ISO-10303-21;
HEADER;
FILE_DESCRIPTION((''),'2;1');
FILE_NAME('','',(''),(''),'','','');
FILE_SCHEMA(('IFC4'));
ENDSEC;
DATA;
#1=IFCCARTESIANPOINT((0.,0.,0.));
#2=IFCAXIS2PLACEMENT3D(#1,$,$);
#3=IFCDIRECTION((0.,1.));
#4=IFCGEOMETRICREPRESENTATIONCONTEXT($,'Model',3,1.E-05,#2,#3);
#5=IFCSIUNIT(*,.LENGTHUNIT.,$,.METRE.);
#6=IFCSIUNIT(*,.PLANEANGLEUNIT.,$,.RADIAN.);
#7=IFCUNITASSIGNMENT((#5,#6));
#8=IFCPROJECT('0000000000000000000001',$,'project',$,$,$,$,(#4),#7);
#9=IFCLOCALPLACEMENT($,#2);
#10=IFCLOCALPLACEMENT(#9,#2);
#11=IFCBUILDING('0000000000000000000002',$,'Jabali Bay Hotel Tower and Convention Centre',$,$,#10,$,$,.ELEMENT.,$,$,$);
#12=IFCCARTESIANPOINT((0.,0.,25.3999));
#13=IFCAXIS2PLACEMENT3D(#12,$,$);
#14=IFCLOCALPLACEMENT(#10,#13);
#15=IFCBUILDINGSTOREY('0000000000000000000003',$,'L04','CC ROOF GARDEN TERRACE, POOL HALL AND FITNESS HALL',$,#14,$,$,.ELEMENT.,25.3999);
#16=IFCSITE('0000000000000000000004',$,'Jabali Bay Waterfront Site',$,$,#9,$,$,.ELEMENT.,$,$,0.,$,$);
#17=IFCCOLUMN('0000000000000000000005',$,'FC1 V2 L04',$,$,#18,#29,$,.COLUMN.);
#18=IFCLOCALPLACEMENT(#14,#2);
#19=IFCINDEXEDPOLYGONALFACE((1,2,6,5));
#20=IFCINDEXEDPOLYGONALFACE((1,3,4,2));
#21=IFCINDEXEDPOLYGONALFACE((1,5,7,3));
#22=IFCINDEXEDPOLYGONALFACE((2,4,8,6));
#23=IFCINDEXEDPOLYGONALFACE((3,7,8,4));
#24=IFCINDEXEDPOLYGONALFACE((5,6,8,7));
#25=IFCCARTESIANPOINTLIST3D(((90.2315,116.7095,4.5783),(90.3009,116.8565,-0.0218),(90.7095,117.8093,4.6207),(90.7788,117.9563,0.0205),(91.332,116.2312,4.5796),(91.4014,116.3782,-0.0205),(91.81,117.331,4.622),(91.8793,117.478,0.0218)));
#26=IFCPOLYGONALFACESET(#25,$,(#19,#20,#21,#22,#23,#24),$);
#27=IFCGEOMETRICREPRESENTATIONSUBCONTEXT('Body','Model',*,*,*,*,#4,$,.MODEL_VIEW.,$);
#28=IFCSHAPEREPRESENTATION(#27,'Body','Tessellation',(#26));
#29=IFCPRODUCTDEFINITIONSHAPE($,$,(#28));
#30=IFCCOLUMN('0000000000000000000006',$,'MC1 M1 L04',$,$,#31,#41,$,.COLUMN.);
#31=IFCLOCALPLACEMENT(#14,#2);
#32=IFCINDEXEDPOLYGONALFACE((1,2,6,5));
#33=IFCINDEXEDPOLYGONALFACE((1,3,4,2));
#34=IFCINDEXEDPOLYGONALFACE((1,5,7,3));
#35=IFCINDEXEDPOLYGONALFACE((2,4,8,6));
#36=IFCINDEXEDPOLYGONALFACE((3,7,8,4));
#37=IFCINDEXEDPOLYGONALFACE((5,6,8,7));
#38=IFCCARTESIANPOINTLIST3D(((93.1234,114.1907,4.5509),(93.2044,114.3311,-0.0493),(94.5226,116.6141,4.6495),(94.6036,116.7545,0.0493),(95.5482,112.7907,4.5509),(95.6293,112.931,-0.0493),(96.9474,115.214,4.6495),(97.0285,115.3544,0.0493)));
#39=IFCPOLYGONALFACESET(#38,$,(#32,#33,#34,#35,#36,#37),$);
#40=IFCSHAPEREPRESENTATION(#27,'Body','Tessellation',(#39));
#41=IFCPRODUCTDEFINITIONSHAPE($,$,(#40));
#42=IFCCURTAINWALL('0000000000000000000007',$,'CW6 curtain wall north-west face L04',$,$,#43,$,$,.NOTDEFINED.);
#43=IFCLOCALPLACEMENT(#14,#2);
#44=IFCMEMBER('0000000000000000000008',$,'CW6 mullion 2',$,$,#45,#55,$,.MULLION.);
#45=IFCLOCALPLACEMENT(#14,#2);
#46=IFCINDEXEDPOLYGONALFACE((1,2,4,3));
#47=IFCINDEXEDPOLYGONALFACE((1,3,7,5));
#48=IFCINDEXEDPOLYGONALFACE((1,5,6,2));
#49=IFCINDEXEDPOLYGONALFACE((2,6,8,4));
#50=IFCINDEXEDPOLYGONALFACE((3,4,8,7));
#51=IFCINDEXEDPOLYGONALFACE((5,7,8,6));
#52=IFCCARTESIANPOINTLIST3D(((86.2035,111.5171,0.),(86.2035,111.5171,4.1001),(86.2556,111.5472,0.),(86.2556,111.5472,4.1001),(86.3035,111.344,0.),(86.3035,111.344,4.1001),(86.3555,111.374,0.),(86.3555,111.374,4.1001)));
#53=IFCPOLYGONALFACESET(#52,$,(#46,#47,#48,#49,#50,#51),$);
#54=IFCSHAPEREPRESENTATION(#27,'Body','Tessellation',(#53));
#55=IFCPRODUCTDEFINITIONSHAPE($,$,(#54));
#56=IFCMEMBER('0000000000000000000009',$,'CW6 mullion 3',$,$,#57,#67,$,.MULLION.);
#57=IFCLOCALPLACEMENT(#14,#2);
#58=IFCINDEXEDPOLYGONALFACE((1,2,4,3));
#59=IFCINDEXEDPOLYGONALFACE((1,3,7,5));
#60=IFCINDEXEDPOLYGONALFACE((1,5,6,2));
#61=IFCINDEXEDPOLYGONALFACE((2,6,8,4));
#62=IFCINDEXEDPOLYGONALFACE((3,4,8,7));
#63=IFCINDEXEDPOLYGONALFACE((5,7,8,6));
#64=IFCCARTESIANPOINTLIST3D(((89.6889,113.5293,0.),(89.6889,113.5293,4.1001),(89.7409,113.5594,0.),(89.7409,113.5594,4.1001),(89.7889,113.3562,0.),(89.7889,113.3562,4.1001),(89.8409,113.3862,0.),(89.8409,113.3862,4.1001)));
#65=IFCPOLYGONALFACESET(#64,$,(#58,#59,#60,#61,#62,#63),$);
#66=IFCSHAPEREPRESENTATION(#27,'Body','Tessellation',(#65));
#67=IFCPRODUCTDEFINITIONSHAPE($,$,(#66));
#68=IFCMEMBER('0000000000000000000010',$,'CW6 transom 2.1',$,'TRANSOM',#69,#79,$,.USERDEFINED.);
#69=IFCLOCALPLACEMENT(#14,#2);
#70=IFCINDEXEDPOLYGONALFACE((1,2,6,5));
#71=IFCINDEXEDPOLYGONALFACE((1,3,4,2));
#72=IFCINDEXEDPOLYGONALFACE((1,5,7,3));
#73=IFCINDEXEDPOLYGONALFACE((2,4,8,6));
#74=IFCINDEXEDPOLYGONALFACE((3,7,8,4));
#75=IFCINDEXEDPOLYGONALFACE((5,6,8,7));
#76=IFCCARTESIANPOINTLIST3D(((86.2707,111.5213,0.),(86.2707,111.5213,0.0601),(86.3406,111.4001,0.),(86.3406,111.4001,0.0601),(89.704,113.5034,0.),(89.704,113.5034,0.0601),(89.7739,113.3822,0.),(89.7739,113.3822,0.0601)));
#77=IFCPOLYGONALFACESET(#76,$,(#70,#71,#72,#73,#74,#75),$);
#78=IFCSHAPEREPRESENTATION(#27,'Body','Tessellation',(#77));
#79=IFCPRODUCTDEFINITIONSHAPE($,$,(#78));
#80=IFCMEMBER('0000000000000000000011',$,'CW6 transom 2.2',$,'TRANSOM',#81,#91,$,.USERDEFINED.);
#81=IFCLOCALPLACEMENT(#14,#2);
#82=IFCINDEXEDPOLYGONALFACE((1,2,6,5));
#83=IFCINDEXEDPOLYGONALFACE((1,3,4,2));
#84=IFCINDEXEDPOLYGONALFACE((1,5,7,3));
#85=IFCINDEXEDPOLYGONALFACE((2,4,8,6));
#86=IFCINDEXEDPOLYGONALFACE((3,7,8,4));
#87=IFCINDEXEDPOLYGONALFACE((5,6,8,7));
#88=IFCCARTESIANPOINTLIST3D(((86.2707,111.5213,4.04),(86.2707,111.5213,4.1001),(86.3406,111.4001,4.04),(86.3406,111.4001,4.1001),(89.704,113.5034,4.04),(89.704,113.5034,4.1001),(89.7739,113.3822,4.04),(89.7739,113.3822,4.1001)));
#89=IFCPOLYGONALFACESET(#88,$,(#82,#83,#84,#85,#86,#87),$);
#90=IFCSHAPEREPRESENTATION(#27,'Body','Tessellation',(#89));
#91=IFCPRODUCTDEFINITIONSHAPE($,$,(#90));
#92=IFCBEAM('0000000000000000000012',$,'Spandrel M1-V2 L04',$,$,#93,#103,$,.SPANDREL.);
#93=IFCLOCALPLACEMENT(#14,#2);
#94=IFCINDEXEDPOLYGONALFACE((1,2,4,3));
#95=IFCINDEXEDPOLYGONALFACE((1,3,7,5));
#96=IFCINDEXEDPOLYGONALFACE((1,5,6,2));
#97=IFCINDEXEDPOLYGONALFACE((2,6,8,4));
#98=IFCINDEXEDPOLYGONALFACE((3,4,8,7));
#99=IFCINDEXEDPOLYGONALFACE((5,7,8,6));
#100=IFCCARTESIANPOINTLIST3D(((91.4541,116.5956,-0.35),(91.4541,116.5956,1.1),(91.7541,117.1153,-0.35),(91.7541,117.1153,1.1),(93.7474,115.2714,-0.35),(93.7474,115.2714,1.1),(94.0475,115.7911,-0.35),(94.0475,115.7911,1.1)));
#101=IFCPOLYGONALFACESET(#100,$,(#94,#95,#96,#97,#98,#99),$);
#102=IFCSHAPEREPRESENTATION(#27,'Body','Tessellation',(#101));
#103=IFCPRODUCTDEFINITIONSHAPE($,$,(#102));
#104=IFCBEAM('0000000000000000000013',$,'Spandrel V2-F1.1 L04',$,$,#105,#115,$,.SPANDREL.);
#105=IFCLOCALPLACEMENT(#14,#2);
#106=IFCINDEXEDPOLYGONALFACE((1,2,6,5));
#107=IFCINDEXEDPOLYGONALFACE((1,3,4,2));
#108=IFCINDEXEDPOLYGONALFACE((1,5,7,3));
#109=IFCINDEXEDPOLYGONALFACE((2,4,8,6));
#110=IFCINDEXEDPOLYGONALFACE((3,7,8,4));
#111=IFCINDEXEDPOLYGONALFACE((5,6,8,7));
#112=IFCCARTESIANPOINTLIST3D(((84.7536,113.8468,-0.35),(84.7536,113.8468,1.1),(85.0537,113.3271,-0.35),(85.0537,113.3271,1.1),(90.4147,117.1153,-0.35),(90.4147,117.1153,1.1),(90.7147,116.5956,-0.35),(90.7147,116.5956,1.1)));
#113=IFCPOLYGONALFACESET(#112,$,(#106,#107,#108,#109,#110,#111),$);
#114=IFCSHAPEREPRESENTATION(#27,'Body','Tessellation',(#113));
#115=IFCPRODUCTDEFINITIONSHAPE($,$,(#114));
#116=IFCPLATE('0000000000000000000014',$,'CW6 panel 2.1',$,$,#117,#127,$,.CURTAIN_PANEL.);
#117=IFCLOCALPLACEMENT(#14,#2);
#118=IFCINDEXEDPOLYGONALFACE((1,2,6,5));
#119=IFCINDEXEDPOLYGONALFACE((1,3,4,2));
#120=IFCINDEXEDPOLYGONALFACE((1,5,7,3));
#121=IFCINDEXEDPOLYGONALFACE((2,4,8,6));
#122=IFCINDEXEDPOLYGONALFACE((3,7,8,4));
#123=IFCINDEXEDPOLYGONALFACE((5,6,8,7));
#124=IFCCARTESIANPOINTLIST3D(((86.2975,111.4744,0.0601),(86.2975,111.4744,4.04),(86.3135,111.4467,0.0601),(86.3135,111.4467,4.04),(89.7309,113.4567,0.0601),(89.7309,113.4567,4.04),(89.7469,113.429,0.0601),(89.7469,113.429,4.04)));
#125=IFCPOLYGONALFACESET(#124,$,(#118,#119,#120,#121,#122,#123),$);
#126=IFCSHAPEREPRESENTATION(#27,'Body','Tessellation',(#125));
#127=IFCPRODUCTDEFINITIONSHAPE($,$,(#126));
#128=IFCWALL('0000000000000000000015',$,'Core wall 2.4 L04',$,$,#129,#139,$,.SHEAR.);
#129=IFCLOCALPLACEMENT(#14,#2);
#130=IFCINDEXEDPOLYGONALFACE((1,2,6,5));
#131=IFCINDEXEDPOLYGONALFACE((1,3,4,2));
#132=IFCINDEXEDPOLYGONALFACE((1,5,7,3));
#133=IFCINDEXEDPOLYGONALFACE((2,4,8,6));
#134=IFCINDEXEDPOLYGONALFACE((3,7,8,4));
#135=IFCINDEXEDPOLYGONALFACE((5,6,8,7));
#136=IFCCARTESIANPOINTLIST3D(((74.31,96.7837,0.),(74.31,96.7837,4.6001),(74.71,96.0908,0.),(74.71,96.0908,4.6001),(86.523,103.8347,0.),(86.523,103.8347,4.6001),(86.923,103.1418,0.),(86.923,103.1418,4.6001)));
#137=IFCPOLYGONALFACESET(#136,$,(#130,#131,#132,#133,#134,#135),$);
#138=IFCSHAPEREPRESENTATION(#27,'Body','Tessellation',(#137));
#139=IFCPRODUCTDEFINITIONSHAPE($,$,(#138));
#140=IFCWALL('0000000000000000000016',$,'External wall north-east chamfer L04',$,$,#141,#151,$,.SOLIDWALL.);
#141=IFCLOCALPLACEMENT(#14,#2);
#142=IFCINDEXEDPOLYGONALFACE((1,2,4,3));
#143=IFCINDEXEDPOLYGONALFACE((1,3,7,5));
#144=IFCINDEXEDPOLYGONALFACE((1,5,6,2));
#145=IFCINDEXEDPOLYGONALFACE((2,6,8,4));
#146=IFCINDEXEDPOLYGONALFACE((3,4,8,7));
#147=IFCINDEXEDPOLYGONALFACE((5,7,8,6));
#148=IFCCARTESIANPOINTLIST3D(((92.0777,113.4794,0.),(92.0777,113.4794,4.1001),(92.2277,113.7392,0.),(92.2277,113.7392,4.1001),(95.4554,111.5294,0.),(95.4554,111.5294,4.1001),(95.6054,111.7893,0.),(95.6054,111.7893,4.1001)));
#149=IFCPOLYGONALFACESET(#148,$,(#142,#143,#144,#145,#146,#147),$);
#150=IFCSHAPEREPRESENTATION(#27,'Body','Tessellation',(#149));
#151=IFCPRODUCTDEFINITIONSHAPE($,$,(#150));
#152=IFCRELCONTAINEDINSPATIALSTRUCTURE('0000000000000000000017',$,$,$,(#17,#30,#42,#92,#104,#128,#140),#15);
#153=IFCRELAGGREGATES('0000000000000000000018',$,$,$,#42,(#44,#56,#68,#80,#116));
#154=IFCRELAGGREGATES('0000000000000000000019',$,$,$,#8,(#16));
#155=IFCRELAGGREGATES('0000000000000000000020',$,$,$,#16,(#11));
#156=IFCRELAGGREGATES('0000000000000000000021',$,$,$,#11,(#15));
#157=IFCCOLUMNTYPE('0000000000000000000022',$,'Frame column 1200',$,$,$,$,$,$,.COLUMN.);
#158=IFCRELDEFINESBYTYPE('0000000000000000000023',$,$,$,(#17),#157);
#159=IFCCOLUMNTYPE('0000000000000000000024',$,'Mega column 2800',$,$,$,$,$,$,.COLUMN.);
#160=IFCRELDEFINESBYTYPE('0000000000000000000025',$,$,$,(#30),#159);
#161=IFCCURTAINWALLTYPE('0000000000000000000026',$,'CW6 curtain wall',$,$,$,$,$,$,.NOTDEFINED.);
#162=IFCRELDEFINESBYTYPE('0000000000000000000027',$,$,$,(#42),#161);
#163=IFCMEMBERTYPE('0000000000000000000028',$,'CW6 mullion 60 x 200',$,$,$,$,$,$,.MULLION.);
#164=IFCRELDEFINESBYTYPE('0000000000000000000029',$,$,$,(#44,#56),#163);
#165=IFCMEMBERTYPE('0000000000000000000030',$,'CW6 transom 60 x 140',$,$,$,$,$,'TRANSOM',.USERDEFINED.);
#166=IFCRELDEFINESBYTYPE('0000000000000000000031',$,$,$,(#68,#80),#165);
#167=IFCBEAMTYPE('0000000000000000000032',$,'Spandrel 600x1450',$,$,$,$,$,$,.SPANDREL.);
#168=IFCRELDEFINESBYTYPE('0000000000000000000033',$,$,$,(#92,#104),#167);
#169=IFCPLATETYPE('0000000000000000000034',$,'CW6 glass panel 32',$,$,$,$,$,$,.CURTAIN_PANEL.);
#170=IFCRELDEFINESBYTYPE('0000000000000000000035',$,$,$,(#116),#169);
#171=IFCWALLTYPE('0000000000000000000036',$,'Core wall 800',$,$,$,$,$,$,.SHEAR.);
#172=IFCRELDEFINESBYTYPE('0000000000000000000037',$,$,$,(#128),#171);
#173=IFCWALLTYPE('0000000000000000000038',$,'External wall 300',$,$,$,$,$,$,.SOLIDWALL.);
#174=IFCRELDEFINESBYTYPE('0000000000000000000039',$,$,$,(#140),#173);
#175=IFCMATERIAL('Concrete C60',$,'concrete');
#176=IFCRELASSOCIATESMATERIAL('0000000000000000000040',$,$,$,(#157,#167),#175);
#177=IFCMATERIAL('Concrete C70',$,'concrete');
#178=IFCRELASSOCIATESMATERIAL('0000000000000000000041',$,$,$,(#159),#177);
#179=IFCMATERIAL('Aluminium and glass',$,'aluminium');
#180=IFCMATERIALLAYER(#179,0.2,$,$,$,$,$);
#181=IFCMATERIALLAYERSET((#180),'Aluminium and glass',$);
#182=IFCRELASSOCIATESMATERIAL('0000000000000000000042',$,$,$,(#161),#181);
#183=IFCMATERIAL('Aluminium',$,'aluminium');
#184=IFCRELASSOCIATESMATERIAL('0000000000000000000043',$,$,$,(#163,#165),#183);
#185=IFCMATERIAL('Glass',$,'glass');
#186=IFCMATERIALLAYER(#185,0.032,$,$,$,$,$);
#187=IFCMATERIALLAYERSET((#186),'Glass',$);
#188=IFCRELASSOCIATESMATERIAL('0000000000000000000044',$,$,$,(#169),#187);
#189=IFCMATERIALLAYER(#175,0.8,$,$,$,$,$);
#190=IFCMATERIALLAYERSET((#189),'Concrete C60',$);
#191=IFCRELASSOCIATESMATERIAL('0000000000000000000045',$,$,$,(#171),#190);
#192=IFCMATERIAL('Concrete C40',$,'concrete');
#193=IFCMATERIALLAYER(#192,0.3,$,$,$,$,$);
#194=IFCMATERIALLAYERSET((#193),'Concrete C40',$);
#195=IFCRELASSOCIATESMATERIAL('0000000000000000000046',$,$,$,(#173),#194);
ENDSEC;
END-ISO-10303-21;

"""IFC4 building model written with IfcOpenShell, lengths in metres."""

from ifc_helpers import new_model, si_unit, direction, frame, frame_2d, origin, origin_2d, place, context, subcontext, project, spatial, rectangle, extrude, material, layer, layer_set, material_profile, profile_set, type_object, element, aggregate, save


model = new_model("IFC4")

# Units and contexts
model_context = context("Model", 3, precision=1e-05, world=origin(), true_north=direction((0.0, 1.0)))
body_context = subcontext(model_context, "Body", "Model", "MODEL_VIEW")
ifc_project = project(units=[si_unit("LENGTHUNIT", "METRE"), si_unit("PLANEANGLEUNIT", "RADIAN")], contexts=[model_context])

# Site, building, storey
site_placement = place(None, origin())
site = spatial("IfcSite", under=ifc_project, at=site_placement, Name="Jabali Bay Waterfront Site", CompositionType="ELEMENT", RefElevation=0.0)
building_placement = place(site_placement, origin())
building = spatial("IfcBuilding", under=site, at=building_placement, Name="Jabali Bay Hotel Tower and Convention Centre", CompositionType="ELEMENT")
storey_placement = place(building_placement, frame((0.0, 0.0, 25.3999)))
storey = spatial("IfcBuildingStorey", under=building, at=storey_placement, Name="L04", Description="CC ROOF GARDEN TERRACE, POOL HALL AND FITNESS HALL", CompositionType="ELEMENT", Elevation=25.3999)

# Columns
ifc_material_1 = material(Name="Concrete C60", Category="concrete")
ifc_material_profile_1 = material_profile(ifc_material_1, rectangle(XDim=1.2, YDim=1.2, at=origin_2d()), Name="Frame column 1200")
ifc_profile_set_1 = profile_set([ifc_material_profile_1], Name="Concrete C60")
column_type_1 = type_object("IfcColumnType", Name="Frame column 1200", PredefinedType="COLUMN", material=ifc_profile_set_1)
column_1_placement = place(storey_placement, frame((91.0901, 117.1672, 0.0), z_axis=(-0.015063, -0.03193, 0.999377), x_axis=(0.91712, -0.398609, 0.001088)))
element("IfcColumn", 1, at=column_1_placement, inside=storey, type_object=column_type_1, Name="FC1 V2 L04", PredefinedType="COLUMN", context=body_context, shape_type="SweptSolid", body=[
    extrude(rectangle(XDim=1.2, YDim=1.2, at=origin_2d()), origin(), (0.0, 0.0, 1.0), 4.603),
])
ifc_material_2 = material(Name="Concrete C70", Category="concrete")
ifc_material_profile_2 = material_profile(ifc_material_2, rectangle(XDim=2.8, YDim=2.8, at=origin_2d()), Name="Mega column 2800")
ifc_profile_set_2 = profile_set([ifc_material_profile_2], Name="Concrete C70")
column_type_2 = type_object("IfcColumnType", Name="Mega column 2800", PredefinedType="COLUMN", material=ifc_profile_set_2)
column_2_placement = place(storey_placement, frame((95.1165, 114.8428, 0.0), z_axis=(-0.017609, -0.030498, 0.99938), x_axis=(0.866013, -0.500021, 0.0)))
element("IfcColumn", 2, at=column_2_placement, inside=storey, type_object=column_type_2, Name="MC1 M1 L04", PredefinedType="COLUMN", context=body_context, shape_type="SweptSolid", body=[
    extrude(rectangle(XDim=2.8, YDim=2.8, at=origin_2d()), origin(), (0.0, 0.0, 1.0), 4.603),
])

# Curtain wall, members
ifc_material_3 = material(Name="Aluminium and glass", Category="aluminium")
ifc_layer_1 = layer(ifc_material_3, 0.2)
ifc_layer_set_1 = layer_set([ifc_layer_1], Name="Aluminium and glass")
curtain_wall_type = type_object("IfcCurtainWallType", Name="CW6 curtain wall", PredefinedType="NOTDEFINED", material=ifc_layer_set_1)
curtain_wall_placement = place(storey_placement, origin())
curtain_wall = element("IfcCurtainWall", 3, at=curtain_wall_placement, inside=storey, type_object=curtain_wall_type, Name="CW6 curtain wall north-west face L04", PredefinedType="NOTDEFINED")
ifc_material_4 = material(Name="Aluminium", Category="aluminium")
ifc_material_profile_3 = material_profile(ifc_material_4, rectangle(XDim=0.2, YDim=0.0601, at=origin_2d()), Name="CW6 mullion 60 x 200")
ifc_profile_set_3 = profile_set([ifc_material_profile_3], Name="Aluminium")
member_type_1 = type_object("IfcMemberType", Name="CW6 mullion 60 x 200", PredefinedType="MULLION", material=ifc_profile_set_3)
member_1_placement = place(storey_placement, frame((86.2795, 111.4456, 0.0), z_axis=(0.0, 0.0, 1.0), x_axis=(-0.5, 0.866025, 0.0)))
member_1 = element("IfcMember", 4, at=member_1_placement, type_object=member_type_1, Name="CW6 mullion 2", PredefinedType="MULLION", context=body_context, shape_type="SweptSolid", body=[
    extrude(rectangle(XDim=0.2, YDim=0.0601, at=origin_2d()), origin(), (0.0, 0.0, 1.0), 4.1001),
])
member_2_placement = place(storey_placement, frame((89.7649, 113.4578, 0.0), z_axis=(0.0, 0.0, 1.0), x_axis=(-0.5, 0.866025, 0.0)))
member_2 = element("IfcMember", 5, at=member_2_placement, type_object=member_type_1, Name="CW6 mullion 3", PredefinedType="MULLION", context=body_context, shape_type="SweptSolid", body=[
    extrude(rectangle(XDim=0.2, YDim=0.0601, at=origin_2d()), origin(), (0.0, 0.0, 1.0), 4.1001),
])
ifc_material_profile_4 = material_profile(ifc_material_4, rectangle(XDim=0.1399, YDim=0.0601, at=origin_2d()), Name="CW6 transom 60 x 140")
ifc_profile_set_4 = profile_set([ifc_material_profile_4], Name="Aluminium")
member_type_2 = type_object("IfcMemberType", Name="CW6 transom 60 x 140", ElementType="TRANSOM", PredefinedType="USERDEFINED", material=ifc_profile_set_4)
member_3_placement = place(storey_placement, frame((86.3057, 111.4607, 0.03), z_axis=(0.866033, 0.499987, 0.0), x_axis=(-0.499987, 0.866033, 0.0)))
member_3 = element("IfcMember", 6, at=member_3_placement, type_object=member_type_2, Name="CW6 transom 2.1", ObjectType="TRANSOM", PredefinedType="USERDEFINED", context=body_context, shape_type="SweptSolid", body=[
    extrude(rectangle(XDim=0.1399, YDim=0.0601, at=origin_2d()), origin(), (0.0, 0.0, 1.0), 3.9644),
])
member_4_placement = place(storey_placement, frame((86.3057, 111.4607, 4.0701), z_axis=(0.866033, 0.499987, 0.0), x_axis=(-0.499987, 0.866033, 0.0)))
member_4 = element("IfcMember", 7, at=member_4_placement, type_object=member_type_2, Name="CW6 transom 2.2", ObjectType="TRANSOM", PredefinedType="USERDEFINED", context=body_context, shape_type="SweptSolid", body=[
    extrude(rectangle(XDim=0.1399, YDim=0.0601, at=origin_2d()), origin(), (0.0, 0.0, 1.0), 3.9644),
])

# Beams
ifc_material_profile_5 = material_profile(ifc_material_1, rectangle(XDim=0.6001, YDim=1.45, at=origin_2d()), Name="Spandrel 600x1450")
ifc_profile_set_5 = profile_set([ifc_material_profile_5], Name="Concrete C60")
beam_type = type_object("IfcBeamType", Name="Spandrel 600x1450", PredefinedType="SPANDREL", material=ifc_profile_set_5)
beam_1_placement = place(storey_placement, frame((93.8975, 115.5312, 0.375), z_axis=(-0.866011, 0.500026, 0.0), x_axis=(-0.500026, -0.866011, 0.0)))
element("IfcBeam", 8, at=beam_1_placement, inside=storey, type_object=beam_type, Name="Spandrel M1-V2 L04", PredefinedType="SPANDREL", context=body_context, shape_type="SweptSolid", body=[
    extrude(rectangle(XDim=0.6001, YDim=1.45, at=origin_2d()), origin(), (0.0, 0.0, 1.0), 2.6482),
])
beam_2_placement = place(storey_placement, frame((90.5647, 116.8555, 0.375), z_axis=(-0.866019, -0.500011, 0.0), x_axis=(0.500011, -0.866019, 0.0)))
element("IfcBeam", 9, at=beam_2_placement, inside=storey, type_object=beam_type, Name="Spandrel V2-F1.1 L04", PredefinedType="SPANDREL", context=body_context, shape_type="SweptSolid", body=[
    extrude(rectangle(XDim=0.6001, YDim=1.45, at=origin_2d()), origin(), (0.0, 0.0, 1.0), 6.5369),
])

# Plate
ifc_material_5 = material(Name="Glass", Category="glass")
ifc_layer_2 = layer(ifc_material_5, 0.032)
ifc_layer_set_2 = layer_set([ifc_layer_2], Name="Glass")
plate_type = type_object("IfcPlateType", Name="CW6 glass panel 32", PredefinedType="CURTAIN_PANEL", material=ifc_layer_set_2)
plate_placement = place(storey_placement, frame((88.0222, 112.4517, 0.0601), z_axis=(0.0, 0.0, 1.0), x_axis=(0.866025, 0.5, 0.0)))
plate = element("IfcPlate", 10, at=plate_placement, type_object=plate_type, Name="CW6 panel 2.1", PredefinedType="CURTAIN_PANEL", context=body_context, shape_type="SweptSolid", body=[
    extrude(rectangle(XDim=3.9646, YDim=0.032, at=origin_2d()), origin(), (0.0, 0.0, 1.0), 3.98),
])
aggregate(curtain_wall, [member_1, member_2, member_3, member_4, plate])

# Walls
ifc_layer_3 = layer(ifc_material_1, 0.8)
ifc_layer_set_3 = layer_set([ifc_layer_3], Name="Concrete C60")
wall_type_1 = type_object("IfcWallType", Name="Core wall 800", PredefinedType="SHEAR", material=ifc_layer_set_3)
wall_1_placement = place(storey_placement, frame((86.7231, 103.4883, 0.0), z_axis=(0.0, 0.0, 1.0), x_axis=(-0.866033, -0.499988, 0.0)))
element("IfcWall", 11, at=wall_1_placement, inside=storey, type_object=wall_type_1, Name="Core wall 2.4 L04", PredefinedType="SHEAR", context=body_context, shape_type="SweptSolid", body=[
    extrude(rectangle(XDim=14.1023, YDim=0.8, at=frame_2d((7.0513, 0.0))), origin(), (0.0, 0.0, 1.0), 4.6001),
])
ifc_material_6 = material(Name="Concrete C40", Category="concrete")
ifc_layer_4 = layer(ifc_material_6, 0.3)
ifc_layer_set_4 = layer_set([ifc_layer_4], Name="Concrete C40")
wall_type_2 = type_object("IfcWallType", Name="External wall 300", PredefinedType="SOLIDWALL", material=ifc_layer_set_4)
wall_2_placement = place(storey_placement, frame((92.1526, 113.6094, 0.0), z_axis=(0.0, 0.0, 1.0), x_axis=(0.866043, -0.49997, 0.0)))
element("IfcWall", 12, at=wall_2_placement, inside=storey, type_object=wall_type_2, Name="External wall north-east chamfer L04", PredefinedType="SOLIDWALL", context=body_context, shape_type="SweptSolid", body=[
    extrude(rectangle(XDim=3.9001, YDim=0.3, at=frame_2d((1.9502, 0.0))), origin(), (0.0, 0.0, 1.0), 4.1001),
])

save(model, "model.ifc")
